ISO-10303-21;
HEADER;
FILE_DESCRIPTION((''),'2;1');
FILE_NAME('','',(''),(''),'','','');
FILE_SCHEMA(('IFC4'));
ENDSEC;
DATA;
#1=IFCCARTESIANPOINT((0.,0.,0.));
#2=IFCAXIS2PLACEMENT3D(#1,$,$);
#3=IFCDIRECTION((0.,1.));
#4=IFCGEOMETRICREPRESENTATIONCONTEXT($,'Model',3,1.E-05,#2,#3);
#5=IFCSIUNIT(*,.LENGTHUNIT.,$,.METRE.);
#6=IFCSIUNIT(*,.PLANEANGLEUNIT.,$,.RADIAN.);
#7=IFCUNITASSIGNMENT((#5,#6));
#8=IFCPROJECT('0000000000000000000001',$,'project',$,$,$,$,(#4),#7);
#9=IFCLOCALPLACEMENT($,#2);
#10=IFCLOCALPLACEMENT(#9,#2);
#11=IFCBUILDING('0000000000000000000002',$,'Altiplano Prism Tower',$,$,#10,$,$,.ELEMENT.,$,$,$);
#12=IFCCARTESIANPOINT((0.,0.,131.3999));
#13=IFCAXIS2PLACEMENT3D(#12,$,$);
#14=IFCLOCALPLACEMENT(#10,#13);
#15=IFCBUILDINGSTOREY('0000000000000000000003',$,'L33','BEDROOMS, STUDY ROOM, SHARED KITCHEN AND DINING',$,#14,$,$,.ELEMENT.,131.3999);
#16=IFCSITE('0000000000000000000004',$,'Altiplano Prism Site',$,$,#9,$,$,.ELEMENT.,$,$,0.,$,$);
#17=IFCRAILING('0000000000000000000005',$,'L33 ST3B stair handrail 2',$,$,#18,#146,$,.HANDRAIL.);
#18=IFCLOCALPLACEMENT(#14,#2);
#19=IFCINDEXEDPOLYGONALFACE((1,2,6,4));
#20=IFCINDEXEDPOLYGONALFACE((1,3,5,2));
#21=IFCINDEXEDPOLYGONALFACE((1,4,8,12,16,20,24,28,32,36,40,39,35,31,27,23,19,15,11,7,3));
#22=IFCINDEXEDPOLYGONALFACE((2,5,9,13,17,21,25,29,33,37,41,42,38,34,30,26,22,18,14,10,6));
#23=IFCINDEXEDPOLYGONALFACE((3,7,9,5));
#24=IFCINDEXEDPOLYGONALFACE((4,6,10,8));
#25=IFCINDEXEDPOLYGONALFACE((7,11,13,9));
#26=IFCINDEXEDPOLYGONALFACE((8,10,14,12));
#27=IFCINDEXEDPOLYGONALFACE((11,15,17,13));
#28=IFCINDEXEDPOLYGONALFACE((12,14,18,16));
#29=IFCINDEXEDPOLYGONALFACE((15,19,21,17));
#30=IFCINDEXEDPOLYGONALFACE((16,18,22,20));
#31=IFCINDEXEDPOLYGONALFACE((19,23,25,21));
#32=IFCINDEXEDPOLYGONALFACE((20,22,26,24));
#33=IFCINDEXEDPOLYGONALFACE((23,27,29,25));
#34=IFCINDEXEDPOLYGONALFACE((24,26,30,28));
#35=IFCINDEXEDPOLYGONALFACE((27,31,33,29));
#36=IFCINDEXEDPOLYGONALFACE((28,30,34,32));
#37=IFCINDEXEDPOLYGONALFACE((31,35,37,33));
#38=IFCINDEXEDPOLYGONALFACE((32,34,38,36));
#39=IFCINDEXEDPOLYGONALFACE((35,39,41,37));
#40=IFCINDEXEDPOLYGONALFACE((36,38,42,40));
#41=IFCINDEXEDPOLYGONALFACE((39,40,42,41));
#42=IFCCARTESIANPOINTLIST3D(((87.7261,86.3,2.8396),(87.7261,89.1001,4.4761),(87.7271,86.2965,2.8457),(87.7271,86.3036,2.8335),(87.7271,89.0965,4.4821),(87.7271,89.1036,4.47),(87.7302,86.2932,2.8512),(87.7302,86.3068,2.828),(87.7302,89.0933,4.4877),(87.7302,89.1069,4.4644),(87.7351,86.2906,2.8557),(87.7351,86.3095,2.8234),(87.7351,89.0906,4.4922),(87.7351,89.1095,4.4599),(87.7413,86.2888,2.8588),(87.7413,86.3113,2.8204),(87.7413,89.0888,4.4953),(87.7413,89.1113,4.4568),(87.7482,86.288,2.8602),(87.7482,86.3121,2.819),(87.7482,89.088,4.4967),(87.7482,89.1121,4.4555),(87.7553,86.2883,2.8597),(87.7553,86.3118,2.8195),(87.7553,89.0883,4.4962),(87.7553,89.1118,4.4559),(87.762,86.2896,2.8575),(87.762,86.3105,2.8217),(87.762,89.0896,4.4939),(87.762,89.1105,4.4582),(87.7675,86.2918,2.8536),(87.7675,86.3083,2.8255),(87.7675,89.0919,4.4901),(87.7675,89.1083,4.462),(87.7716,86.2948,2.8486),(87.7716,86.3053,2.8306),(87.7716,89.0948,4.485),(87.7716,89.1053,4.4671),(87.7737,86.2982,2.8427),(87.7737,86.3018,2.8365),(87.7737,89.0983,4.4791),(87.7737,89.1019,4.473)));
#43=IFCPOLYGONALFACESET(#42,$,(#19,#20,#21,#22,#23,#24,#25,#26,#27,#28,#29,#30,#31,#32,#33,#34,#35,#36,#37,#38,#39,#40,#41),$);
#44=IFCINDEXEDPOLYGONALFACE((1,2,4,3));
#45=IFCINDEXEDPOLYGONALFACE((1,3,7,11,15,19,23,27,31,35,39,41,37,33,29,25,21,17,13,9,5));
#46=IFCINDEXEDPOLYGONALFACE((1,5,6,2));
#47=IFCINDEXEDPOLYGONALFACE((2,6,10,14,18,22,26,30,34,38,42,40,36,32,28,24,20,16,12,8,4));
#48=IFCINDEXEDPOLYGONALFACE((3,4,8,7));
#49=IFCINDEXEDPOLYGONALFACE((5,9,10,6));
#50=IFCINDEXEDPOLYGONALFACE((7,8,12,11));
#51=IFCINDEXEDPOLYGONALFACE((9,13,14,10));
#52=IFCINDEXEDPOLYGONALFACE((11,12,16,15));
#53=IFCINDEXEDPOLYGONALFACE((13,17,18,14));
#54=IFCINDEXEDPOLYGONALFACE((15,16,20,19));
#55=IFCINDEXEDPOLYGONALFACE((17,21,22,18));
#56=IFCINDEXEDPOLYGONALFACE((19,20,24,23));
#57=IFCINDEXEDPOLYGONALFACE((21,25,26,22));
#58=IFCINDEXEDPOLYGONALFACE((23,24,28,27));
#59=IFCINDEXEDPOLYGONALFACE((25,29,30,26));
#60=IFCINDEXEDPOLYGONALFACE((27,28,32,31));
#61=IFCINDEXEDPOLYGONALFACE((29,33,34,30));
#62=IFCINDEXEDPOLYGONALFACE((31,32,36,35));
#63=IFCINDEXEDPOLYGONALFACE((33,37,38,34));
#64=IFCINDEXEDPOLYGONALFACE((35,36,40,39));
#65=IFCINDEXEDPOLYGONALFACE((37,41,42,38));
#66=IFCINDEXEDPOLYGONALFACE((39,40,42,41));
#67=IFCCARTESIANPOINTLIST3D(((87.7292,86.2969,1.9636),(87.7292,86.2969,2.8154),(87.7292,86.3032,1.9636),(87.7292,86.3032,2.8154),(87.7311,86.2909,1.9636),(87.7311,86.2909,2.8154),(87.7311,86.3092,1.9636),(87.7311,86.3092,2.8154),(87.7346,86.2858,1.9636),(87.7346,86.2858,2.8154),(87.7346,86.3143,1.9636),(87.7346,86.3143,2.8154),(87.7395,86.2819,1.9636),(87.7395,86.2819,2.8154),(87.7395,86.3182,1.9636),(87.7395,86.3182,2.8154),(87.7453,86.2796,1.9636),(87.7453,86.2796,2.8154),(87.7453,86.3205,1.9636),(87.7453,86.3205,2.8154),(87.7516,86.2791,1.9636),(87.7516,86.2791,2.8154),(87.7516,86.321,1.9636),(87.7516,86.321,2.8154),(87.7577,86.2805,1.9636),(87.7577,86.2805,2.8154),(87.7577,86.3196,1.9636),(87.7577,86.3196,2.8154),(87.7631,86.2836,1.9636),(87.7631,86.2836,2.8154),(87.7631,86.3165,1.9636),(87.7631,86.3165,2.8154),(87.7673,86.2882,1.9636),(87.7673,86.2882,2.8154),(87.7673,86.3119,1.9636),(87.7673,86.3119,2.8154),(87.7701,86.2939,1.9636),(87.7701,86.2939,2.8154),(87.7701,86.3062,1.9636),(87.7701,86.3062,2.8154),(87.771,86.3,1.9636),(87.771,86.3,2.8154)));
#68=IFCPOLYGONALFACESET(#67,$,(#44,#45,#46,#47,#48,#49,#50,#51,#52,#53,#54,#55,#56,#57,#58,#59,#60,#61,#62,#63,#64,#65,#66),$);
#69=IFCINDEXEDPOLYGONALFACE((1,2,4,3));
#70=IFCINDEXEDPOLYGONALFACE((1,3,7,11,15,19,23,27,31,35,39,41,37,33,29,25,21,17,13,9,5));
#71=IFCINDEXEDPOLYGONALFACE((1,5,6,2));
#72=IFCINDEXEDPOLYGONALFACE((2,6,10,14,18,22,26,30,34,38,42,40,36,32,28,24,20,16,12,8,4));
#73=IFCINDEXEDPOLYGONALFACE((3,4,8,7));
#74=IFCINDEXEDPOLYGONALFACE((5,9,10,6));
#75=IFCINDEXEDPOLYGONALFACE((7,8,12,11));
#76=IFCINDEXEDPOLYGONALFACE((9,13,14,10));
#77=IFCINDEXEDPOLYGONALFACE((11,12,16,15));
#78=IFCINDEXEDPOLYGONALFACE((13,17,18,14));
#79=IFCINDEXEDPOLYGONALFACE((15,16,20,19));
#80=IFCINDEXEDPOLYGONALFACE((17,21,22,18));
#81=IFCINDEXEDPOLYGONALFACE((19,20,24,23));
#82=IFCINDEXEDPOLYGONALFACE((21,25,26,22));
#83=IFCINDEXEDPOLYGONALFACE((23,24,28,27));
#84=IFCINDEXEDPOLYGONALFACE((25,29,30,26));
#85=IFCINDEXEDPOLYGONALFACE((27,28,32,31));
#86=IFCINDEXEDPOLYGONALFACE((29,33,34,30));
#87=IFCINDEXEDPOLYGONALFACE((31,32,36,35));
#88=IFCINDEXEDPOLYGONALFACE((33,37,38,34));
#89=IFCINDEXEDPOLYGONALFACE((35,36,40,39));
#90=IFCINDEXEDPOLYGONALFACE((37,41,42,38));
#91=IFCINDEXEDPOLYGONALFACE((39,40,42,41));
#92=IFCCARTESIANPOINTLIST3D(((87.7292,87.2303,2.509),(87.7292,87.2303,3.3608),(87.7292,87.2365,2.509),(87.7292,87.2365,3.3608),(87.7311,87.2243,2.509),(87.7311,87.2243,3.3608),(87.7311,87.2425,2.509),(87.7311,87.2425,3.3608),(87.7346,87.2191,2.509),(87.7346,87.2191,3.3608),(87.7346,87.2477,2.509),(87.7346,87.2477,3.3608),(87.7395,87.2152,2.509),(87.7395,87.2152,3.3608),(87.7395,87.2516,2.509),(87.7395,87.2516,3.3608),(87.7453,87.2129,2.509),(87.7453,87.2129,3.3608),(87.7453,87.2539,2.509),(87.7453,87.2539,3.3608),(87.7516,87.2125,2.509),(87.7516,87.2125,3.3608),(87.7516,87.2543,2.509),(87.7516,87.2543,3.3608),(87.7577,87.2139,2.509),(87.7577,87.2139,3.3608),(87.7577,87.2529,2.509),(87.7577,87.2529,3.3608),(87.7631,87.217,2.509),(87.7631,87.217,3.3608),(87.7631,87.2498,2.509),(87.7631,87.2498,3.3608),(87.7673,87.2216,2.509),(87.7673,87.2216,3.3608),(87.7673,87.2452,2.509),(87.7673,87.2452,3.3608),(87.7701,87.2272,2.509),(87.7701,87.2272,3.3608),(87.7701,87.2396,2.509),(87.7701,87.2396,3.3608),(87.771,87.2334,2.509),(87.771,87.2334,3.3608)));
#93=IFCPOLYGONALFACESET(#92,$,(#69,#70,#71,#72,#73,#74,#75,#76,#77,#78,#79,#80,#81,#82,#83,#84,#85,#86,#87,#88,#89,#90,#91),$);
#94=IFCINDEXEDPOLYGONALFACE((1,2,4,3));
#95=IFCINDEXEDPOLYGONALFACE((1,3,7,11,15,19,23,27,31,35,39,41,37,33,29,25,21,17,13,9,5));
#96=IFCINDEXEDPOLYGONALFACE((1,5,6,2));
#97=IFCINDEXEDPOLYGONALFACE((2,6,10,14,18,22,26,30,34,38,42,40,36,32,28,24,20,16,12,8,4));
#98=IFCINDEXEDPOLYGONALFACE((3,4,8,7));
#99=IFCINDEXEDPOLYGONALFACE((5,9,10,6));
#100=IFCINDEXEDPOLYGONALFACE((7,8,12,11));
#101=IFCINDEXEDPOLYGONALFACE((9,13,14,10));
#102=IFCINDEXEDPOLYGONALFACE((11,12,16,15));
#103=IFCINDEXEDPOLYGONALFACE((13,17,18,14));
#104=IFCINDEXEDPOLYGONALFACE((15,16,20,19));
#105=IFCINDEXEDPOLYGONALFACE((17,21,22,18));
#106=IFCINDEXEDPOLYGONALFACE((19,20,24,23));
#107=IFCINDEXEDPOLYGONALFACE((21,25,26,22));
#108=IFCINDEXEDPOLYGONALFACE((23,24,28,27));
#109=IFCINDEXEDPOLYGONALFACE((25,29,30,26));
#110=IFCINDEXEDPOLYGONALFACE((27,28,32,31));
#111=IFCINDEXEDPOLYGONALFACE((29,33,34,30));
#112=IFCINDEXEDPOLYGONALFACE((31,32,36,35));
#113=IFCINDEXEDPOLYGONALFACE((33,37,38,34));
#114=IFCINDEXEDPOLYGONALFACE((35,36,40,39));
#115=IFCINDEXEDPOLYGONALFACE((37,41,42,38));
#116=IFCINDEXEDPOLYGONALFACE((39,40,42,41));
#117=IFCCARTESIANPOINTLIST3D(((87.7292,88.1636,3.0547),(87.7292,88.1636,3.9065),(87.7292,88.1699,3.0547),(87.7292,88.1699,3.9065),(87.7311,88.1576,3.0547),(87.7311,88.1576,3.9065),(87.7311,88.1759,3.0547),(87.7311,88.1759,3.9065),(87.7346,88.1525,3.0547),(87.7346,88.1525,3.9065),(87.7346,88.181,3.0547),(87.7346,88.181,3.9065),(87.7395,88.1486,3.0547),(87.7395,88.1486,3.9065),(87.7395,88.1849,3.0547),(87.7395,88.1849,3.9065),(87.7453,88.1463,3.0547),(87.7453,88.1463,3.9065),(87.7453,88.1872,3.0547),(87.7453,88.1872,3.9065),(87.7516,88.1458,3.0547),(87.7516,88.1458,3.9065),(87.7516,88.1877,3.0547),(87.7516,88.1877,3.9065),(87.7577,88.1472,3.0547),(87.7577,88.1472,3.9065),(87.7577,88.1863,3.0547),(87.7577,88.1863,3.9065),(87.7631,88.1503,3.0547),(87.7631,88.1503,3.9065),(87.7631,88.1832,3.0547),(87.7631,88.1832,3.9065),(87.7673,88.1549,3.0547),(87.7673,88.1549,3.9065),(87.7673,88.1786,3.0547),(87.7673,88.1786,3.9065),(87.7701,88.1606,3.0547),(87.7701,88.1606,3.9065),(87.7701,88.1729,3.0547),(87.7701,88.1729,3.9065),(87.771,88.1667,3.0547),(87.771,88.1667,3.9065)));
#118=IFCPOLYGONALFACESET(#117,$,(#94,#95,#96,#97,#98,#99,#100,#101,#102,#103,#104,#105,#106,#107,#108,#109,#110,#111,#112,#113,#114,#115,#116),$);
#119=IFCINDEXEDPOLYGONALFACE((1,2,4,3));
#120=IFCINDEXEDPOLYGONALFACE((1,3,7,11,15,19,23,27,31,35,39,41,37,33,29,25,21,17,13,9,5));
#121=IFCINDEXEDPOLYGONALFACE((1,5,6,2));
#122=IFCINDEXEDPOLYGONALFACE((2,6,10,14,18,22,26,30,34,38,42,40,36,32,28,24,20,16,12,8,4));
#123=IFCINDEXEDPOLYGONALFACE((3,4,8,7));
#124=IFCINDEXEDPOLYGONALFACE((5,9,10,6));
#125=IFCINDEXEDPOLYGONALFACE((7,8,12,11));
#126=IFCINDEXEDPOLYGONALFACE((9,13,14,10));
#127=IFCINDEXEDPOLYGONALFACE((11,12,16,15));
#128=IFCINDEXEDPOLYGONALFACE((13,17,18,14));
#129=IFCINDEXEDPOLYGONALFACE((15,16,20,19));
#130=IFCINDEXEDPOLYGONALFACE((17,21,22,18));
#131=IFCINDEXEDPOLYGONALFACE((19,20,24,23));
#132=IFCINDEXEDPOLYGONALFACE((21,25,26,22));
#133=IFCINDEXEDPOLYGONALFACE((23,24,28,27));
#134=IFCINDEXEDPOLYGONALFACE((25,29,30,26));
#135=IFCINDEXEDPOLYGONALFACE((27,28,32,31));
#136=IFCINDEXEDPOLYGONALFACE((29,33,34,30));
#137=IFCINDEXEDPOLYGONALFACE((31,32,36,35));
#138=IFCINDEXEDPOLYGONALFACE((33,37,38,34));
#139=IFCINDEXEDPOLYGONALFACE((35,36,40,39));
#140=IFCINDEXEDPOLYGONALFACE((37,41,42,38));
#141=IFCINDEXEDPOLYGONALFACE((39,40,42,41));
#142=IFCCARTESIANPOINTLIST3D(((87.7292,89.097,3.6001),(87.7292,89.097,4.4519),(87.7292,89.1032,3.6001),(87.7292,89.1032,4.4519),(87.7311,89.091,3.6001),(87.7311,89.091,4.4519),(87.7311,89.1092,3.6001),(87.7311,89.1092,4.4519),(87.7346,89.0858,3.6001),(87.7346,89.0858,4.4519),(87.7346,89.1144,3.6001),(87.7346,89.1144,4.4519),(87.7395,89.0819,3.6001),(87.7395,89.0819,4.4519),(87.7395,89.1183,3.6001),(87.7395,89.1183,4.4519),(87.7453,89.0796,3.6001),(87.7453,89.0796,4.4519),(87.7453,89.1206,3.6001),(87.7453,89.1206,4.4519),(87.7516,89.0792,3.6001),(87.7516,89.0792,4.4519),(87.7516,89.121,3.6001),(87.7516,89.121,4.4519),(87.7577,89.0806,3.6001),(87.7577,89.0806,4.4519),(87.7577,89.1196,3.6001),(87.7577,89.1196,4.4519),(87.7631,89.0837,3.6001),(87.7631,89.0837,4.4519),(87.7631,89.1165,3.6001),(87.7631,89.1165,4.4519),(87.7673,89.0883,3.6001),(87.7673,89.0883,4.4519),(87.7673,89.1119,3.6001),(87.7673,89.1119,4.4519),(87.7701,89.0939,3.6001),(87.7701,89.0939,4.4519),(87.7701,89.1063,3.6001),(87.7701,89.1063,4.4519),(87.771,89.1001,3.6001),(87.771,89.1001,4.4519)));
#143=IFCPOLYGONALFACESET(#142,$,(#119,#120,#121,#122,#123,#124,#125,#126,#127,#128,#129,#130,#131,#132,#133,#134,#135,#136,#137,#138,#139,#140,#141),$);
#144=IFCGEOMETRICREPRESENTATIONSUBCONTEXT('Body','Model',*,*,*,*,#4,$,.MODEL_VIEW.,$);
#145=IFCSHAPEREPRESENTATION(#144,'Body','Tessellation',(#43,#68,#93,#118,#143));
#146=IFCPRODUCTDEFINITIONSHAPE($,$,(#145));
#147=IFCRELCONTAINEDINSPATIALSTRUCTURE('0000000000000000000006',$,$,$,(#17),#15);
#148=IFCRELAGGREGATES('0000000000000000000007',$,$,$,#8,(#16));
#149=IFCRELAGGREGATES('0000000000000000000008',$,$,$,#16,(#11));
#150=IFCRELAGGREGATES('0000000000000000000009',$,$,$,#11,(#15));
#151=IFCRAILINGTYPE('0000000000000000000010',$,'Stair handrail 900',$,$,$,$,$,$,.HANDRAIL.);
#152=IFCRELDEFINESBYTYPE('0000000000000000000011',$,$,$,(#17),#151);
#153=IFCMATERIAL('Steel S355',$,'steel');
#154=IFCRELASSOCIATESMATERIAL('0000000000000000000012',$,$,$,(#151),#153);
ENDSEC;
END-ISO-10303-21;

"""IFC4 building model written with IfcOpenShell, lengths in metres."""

from ifc_helpers import new_model, si_unit, direction, frame, origin, origin_2d, place, context, subcontext, project, spatial, circle, extrude, material, type_object, element, save


model = new_model("IFC4")

# Units and contexts
model_context = context("Model", 3, precision=1e-05, world=origin(), true_north=direction((0.0, 1.0)))
body_context = subcontext(model_context, "Body", "Model", "MODEL_VIEW")
ifc_project = project(units=[si_unit("LENGTHUNIT", "METRE"), si_unit("PLANEANGLEUNIT", "RADIAN")], contexts=[model_context])

# Site, building, storey
site_placement = place(None, origin())
site = spatial("IfcSite", under=ifc_project, at=site_placement, Name="Altiplano Prism Site", CompositionType="ELEMENT", RefElevation=0.0)
building_placement = place(site_placement, origin())
building = spatial("IfcBuilding", under=site, at=building_placement, Name="Altiplano Prism Tower", CompositionType="ELEMENT")
storey_placement = place(building_placement, frame((0.0, 0.0, 131.3999)))
storey = spatial("IfcBuildingStorey", under=building, at=storey_placement, Name="L33", Description="BEDROOMS, STUDY ROOM, SHARED KITCHEN AND DINING", CompositionType="ELEMENT", Elevation=131.3999)

# Railing
ifc_material_1 = material(Name="Steel S355", Category="steel")
railing_type_1 = type_object("IfcRailingType", Name="Stair handrail 900", PredefinedType="HANDRAIL", material=ifc_material_1)
railing_1_placement = place(storey_placement, frame((87.75, 86.3, 1.9636)))
element("IfcRailing", 1, at=railing_1_placement, inside=storey, type_object=railing_type_1, Name="L33 ST3B stair handrail 2", PredefinedType="HANDRAIL", context=body_context, shape_type="SweptSolid", body=[
    extrude(circle(Radius=0.0239, at=origin_2d()), frame((0.0, 0.0, 0.876), z_axis=(0.0, 0.863361, 0.504587), x_axis=(-1.0, 0.0, 0.0)), (0.0, 0.0, 1.0), 3.2432),
    extrude(circle(Radius=0.021, at=origin_2d()), origin(), (0.0, 0.0, 1.0), 0.8518),
    extrude(circle(Radius=0.021, at=origin_2d()), frame((0.0, 0.9333, 0.5454)), (0.0, 0.0, 1.0), 0.8518),
    extrude(circle(Radius=0.021, at=origin_2d()), frame((0.0, 1.8667, 1.0911)), (0.0, 0.0, 1.0), 0.8518),
    extrude(circle(Radius=0.021, at=origin_2d()), frame((0.0, 2.8, 1.6365)), (0.0, 0.0, 1.0), 0.8518),
])

save(model, "model.ifc")
